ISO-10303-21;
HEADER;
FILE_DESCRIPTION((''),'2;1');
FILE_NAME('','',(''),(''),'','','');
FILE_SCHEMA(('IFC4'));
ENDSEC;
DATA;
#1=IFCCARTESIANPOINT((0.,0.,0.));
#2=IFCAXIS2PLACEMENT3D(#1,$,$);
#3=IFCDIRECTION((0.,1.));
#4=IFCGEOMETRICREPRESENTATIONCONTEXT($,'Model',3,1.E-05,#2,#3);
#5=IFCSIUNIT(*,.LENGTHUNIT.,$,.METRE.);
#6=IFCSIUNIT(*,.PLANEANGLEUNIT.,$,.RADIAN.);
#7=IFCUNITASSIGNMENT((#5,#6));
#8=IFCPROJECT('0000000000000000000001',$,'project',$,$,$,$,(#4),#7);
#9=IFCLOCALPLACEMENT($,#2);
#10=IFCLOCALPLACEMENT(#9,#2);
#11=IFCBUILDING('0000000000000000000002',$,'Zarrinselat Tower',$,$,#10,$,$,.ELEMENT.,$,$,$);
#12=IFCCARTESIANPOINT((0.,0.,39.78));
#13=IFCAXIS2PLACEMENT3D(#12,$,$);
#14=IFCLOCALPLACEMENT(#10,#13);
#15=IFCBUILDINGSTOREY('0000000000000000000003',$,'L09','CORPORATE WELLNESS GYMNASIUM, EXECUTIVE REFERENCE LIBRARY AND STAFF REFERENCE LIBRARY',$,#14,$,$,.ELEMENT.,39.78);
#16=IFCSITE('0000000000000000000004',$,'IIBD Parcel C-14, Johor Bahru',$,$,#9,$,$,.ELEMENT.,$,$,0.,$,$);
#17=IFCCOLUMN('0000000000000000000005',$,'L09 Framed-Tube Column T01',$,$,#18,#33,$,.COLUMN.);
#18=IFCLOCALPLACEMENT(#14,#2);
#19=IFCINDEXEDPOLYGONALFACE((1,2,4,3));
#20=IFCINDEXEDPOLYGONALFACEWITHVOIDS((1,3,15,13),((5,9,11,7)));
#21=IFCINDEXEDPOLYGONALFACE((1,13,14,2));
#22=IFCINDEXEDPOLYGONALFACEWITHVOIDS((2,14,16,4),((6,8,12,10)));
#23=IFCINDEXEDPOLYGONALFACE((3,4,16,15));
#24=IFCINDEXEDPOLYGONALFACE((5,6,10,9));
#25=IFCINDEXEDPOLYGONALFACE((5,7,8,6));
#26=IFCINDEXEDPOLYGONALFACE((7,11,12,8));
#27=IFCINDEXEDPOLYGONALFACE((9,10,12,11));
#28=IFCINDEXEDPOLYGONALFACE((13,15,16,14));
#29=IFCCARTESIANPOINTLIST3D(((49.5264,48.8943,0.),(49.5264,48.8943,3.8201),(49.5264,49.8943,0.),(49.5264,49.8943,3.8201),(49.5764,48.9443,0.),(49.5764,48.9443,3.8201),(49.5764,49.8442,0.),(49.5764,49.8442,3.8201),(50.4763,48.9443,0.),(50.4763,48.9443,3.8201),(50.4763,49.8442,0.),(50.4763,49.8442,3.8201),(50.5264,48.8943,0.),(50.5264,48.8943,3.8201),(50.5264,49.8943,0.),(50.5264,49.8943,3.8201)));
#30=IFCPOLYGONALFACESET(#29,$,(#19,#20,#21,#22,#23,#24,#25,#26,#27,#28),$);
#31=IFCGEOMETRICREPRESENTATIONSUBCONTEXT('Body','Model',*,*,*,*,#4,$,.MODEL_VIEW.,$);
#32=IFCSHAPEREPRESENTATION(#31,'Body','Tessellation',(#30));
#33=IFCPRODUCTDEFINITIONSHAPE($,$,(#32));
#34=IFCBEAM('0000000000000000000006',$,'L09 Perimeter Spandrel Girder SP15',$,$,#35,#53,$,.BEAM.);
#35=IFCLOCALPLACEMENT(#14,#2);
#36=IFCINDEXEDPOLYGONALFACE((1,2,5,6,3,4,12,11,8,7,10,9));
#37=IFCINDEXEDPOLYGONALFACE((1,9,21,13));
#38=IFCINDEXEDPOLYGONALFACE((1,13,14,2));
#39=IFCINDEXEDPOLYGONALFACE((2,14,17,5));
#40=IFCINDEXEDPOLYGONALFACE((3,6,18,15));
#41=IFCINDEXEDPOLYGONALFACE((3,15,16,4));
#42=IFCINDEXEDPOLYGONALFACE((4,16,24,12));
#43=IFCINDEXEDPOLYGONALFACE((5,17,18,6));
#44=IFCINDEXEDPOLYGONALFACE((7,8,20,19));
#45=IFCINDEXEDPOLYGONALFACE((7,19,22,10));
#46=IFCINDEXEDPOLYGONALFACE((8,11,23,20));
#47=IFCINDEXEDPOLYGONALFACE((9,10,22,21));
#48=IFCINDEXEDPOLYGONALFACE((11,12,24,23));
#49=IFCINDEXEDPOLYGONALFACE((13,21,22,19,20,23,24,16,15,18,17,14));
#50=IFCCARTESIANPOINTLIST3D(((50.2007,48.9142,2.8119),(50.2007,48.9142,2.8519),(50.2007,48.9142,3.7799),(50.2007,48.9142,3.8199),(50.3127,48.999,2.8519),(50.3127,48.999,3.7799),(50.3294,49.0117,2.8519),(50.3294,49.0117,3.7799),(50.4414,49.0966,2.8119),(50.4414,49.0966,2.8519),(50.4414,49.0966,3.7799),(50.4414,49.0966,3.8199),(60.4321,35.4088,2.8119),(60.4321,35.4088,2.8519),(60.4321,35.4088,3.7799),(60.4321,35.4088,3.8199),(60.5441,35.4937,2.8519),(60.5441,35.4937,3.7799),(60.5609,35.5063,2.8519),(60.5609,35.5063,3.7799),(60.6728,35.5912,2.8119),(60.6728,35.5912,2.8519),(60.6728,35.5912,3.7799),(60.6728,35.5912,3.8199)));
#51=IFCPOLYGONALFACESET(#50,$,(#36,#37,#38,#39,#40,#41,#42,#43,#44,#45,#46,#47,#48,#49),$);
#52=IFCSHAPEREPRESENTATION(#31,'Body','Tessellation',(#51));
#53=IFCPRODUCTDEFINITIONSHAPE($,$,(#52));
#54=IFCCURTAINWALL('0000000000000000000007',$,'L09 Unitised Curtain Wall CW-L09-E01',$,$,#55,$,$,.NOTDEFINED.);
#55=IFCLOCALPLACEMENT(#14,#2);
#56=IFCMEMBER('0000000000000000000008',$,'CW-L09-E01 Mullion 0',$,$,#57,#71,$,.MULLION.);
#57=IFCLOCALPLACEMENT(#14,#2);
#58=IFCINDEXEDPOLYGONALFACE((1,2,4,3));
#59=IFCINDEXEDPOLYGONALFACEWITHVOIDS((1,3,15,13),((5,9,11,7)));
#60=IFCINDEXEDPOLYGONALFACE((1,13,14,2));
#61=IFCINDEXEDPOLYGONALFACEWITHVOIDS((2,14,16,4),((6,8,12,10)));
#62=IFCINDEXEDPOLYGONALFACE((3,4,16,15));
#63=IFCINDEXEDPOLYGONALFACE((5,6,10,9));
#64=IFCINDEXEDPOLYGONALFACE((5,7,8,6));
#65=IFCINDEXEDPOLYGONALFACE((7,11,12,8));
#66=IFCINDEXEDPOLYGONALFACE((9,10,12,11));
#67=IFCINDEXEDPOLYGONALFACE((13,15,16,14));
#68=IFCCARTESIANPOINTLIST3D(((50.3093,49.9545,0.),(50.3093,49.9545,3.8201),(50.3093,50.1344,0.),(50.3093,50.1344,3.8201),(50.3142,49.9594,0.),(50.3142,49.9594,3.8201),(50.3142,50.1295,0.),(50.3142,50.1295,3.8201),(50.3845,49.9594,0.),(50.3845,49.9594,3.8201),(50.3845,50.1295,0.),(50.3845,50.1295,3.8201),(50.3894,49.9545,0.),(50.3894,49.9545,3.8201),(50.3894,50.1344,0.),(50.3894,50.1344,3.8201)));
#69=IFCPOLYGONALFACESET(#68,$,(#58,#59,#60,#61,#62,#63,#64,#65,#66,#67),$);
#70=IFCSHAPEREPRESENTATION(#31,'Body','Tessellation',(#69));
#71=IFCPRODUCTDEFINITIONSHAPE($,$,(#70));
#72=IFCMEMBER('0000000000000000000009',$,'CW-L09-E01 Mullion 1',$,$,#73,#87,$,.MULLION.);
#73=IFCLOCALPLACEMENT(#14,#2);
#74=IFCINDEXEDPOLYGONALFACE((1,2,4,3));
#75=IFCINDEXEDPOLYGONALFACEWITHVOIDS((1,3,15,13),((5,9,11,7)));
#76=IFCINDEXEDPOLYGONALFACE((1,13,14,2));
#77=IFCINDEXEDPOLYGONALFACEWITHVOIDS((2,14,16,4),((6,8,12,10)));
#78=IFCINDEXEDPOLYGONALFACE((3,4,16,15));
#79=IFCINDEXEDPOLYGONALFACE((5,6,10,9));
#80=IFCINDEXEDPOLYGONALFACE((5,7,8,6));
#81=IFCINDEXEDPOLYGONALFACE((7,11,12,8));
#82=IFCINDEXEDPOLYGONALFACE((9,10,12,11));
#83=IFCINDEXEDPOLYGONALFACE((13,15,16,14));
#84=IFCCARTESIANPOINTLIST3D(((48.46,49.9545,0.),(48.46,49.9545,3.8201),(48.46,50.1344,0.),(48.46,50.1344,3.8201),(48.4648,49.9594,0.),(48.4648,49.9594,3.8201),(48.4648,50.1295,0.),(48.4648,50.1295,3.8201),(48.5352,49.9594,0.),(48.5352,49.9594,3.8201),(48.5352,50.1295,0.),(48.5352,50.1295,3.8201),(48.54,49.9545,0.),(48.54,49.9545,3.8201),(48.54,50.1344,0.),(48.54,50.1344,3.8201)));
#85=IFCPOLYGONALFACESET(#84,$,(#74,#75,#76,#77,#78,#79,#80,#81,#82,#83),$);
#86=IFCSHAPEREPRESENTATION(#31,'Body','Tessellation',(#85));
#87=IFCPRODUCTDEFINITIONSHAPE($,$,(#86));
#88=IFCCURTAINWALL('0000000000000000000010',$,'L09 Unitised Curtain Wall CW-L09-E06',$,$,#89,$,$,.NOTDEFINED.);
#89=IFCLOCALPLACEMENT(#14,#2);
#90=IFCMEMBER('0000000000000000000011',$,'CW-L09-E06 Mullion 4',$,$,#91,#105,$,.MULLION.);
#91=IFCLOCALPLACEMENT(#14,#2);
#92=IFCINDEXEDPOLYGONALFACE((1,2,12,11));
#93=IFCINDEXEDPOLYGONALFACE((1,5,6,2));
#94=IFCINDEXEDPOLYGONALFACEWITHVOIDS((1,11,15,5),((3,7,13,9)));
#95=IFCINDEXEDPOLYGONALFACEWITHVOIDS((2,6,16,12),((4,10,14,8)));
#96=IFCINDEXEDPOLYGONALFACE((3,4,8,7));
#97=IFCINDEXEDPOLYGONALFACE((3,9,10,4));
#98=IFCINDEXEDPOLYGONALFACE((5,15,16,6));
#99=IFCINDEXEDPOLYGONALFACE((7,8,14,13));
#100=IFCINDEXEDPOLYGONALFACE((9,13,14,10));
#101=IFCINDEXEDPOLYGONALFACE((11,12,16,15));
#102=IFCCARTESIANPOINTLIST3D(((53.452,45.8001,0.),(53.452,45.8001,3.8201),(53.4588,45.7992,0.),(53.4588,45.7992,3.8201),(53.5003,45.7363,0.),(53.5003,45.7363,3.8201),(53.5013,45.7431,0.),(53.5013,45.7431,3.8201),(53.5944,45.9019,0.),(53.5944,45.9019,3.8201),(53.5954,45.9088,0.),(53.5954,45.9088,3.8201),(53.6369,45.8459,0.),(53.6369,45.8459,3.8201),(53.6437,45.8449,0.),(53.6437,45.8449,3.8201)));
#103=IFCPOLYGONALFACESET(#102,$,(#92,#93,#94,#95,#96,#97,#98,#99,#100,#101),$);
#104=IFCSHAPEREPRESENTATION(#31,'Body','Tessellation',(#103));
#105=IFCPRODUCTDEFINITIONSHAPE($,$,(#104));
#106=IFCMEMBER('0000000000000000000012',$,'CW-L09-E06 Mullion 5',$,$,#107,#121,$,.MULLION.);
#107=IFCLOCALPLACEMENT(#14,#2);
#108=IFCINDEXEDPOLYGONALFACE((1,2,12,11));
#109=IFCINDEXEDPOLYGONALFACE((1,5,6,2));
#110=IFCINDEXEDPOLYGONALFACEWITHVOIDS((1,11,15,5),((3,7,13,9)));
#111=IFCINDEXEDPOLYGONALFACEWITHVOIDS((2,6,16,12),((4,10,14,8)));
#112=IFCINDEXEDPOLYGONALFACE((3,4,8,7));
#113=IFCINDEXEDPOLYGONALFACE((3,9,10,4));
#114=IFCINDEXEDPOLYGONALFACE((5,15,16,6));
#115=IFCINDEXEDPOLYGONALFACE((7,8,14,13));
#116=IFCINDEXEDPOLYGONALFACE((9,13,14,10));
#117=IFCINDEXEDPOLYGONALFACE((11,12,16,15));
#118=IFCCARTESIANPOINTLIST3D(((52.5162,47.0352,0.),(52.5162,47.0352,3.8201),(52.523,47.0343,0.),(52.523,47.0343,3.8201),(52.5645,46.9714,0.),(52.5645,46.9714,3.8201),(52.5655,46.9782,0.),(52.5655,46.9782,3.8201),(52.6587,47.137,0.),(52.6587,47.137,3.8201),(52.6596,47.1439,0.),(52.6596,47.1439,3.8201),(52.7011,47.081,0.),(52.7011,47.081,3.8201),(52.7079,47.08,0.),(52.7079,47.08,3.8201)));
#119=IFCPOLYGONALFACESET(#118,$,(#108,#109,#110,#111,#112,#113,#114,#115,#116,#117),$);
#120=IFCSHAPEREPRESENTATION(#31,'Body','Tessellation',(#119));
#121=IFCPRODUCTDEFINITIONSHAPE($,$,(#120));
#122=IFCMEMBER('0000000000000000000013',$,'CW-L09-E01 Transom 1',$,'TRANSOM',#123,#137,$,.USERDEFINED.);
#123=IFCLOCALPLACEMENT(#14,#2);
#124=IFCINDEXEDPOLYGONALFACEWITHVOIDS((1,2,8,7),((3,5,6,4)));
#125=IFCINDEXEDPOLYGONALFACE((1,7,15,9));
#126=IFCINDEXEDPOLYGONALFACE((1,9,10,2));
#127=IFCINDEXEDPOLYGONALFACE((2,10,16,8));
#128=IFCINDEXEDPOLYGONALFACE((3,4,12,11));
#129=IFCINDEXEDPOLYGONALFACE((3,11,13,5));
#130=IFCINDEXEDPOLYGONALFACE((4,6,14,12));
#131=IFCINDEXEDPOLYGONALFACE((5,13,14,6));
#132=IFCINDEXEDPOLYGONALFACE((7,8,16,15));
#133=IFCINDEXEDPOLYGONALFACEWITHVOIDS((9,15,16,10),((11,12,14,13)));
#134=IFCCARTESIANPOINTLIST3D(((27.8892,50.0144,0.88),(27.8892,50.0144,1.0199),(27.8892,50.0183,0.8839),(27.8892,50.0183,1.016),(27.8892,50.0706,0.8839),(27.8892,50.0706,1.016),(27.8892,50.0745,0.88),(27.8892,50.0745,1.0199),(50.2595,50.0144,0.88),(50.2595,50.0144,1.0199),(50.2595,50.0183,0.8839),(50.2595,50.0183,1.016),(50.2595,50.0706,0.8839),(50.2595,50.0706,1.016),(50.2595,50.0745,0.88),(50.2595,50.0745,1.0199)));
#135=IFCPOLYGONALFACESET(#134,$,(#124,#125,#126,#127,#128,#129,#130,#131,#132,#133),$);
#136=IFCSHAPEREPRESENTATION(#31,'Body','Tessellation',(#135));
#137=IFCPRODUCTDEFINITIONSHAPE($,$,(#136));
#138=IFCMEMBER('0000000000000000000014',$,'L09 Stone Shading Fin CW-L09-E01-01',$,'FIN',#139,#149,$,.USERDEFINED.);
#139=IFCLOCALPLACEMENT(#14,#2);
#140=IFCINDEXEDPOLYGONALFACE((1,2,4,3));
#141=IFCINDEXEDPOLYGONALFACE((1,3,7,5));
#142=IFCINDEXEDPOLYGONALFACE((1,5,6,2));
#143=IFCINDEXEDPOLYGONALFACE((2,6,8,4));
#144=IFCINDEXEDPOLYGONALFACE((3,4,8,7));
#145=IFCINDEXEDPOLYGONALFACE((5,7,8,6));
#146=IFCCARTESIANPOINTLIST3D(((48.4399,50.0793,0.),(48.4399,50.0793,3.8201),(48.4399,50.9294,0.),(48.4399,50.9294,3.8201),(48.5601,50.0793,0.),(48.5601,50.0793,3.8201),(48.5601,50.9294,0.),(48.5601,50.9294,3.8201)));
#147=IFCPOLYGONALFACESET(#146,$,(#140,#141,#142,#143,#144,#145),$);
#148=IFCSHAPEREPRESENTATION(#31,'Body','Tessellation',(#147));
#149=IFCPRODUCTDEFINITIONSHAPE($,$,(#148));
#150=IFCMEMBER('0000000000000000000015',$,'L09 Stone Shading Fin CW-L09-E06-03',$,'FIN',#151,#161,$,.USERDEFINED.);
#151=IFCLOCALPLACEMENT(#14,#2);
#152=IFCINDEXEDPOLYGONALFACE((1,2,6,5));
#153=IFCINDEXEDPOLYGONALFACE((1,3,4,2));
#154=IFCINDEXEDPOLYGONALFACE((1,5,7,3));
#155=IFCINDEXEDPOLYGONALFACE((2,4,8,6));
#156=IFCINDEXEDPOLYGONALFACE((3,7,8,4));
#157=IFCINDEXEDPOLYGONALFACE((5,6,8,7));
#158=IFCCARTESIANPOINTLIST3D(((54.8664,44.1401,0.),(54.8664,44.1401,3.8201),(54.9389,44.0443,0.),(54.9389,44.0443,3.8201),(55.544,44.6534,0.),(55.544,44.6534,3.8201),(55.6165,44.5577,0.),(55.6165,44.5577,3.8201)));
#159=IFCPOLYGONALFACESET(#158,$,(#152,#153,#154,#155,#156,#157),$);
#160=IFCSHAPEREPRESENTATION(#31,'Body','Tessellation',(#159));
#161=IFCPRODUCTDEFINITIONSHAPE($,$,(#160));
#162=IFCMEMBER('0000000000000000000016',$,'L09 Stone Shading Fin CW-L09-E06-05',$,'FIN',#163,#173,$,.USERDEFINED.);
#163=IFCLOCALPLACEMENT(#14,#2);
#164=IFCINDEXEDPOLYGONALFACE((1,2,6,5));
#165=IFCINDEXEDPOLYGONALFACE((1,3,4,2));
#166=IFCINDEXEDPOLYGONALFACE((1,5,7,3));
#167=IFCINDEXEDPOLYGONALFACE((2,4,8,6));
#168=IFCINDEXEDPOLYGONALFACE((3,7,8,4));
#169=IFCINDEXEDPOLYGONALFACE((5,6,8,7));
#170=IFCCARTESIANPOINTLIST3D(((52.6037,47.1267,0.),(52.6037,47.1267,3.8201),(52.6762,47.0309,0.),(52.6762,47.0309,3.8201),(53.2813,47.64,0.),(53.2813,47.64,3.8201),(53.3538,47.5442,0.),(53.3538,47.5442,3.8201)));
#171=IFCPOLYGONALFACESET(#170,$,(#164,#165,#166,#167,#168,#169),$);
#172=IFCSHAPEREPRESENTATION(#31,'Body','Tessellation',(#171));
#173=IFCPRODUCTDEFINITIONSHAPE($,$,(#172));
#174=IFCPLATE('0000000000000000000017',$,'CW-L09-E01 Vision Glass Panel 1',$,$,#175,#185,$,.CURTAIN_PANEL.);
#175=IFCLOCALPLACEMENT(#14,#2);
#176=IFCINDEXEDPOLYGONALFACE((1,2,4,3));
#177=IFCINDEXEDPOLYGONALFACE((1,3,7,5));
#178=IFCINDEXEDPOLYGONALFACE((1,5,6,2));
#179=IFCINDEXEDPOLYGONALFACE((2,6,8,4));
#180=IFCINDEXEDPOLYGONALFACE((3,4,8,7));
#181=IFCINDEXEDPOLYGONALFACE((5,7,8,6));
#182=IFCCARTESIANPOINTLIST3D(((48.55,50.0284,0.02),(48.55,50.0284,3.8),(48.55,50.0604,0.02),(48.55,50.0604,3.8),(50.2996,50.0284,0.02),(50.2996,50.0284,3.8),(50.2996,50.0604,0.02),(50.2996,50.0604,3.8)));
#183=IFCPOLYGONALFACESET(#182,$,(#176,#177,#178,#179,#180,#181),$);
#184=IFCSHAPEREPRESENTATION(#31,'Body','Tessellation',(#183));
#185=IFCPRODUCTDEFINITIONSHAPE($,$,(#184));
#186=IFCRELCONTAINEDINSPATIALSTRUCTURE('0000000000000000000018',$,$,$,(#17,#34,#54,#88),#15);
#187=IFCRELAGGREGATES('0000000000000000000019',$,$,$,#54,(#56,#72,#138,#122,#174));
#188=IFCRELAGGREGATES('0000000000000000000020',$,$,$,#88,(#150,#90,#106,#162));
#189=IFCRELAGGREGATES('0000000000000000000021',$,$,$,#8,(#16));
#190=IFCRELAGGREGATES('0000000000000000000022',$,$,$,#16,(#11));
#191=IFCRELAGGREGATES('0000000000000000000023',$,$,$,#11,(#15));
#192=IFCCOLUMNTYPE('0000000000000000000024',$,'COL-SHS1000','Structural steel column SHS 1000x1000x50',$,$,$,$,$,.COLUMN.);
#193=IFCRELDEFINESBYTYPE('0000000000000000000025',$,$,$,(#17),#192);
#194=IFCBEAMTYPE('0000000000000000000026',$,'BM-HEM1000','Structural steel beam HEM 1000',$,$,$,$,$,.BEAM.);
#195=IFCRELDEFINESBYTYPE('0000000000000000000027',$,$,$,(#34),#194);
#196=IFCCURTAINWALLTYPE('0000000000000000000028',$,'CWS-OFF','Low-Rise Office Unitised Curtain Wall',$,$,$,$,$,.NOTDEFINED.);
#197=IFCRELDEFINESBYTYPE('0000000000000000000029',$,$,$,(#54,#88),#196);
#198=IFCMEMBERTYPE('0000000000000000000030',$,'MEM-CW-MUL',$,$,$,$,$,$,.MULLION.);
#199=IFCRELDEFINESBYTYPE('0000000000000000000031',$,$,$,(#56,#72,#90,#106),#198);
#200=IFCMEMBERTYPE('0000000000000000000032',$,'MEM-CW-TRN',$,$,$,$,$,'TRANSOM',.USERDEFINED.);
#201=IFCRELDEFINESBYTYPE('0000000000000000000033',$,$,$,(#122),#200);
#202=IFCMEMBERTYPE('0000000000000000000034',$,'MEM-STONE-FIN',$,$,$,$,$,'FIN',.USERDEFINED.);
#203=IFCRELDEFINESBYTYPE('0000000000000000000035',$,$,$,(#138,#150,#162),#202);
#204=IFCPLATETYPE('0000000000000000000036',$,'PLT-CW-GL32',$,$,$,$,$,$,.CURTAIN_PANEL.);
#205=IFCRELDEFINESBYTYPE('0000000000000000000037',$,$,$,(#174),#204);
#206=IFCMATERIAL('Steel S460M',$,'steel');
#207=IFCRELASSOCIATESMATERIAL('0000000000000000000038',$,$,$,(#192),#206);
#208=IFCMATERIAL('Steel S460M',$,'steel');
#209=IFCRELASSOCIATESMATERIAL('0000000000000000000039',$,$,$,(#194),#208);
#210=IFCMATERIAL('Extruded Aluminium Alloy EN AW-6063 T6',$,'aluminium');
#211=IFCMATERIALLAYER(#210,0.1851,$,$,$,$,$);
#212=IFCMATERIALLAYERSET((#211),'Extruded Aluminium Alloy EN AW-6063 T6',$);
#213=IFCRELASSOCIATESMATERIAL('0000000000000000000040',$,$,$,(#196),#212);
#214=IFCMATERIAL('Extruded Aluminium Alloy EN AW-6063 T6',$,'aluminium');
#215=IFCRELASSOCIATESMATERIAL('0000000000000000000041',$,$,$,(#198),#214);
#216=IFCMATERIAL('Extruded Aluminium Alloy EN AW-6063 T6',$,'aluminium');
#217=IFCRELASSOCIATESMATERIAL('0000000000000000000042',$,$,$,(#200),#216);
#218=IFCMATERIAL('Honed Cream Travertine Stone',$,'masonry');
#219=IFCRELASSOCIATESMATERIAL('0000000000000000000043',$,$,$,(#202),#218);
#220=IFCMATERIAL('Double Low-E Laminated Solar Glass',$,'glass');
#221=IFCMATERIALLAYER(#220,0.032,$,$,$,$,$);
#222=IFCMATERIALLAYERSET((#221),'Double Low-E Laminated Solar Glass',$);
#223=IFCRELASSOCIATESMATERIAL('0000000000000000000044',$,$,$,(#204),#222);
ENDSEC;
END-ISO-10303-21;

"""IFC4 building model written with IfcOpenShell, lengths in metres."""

from ifc_helpers import new_model, si_unit, direction, frame, origin, origin_2d, place, context, subcontext, project, spatial, rectangle, hollow_rectangle, i_section, extrude, material, layer, layer_set, material_profile, profile_set, type_object, element, aggregate, save


model = new_model("IFC4")

# Units and contexts
model_context = context("Model", 3, precision=1e-05, world=origin(), true_north=direction((0.0, 1.0)))
body_context = subcontext(model_context, "Body", "Model", "MODEL_VIEW")
ifc_project = project(units=[si_unit("LENGTHUNIT", "METRE"), si_unit("PLANEANGLEUNIT", "RADIAN")], contexts=[model_context])

# Site, building, storey
site_placement = place(None, origin())
site = spatial("IfcSite", under=ifc_project, at=site_placement, Name="IIBD Parcel C-14, Johor Bahru", CompositionType="ELEMENT", RefElevation=0.0)
building_placement = place(site_placement, origin())
building = spatial("IfcBuilding", under=site, at=building_placement, Name="Zarrinselat Tower", CompositionType="ELEMENT")
storey_placement = place(building_placement, frame((0.0, 0.0, 39.78)))
storey = spatial("IfcBuildingStorey", under=building, at=storey_placement, Name="L09", Description="CORPORATE WELLNESS GYMNASIUM, EXECUTIVE REFERENCE LIBRARY AND STAFF REFERENCE LIBRARY", CompositionType="ELEMENT", Elevation=39.78)

# Column
ifc_material_1 = material(Name="Steel S460M", Category="steel")
ifc_material_profile_1 = material_profile(ifc_material_1, hollow_rectangle(XDim=1.0, YDim=1.0, WallThickness=0.05, at=origin_2d()), Name="SHS 1000x1000x50")
ifc_profile_set_1 = profile_set([ifc_material_profile_1], Name="Steel S460M")
column_type = type_object("IfcColumnType", Name="COL-SHS1000", Description="Structural steel column SHS 1000x1000x50", PredefinedType="COLUMN", material=ifc_profile_set_1)
column_placement = place(storey_placement, frame((50.0264, 49.3943, 0.0), z_axis=(0.0, 0.0, 1.0), x_axis=(1.0, 0.0, 0.0)))
element("IfcColumn", 1, at=column_placement, inside=storey, type_object=column_type, Name="L09 Framed-Tube Column T01", PredefinedType="COLUMN", context=body_context, shape_type="SweptSolid", body=[
    extrude(hollow_rectangle(XDim=1.0, YDim=1.0, WallThickness=0.05, at=origin_2d()), origin(), (0.0, 0.0, 1.0), 3.8201),
])

# Beam
ifc_material_2 = material(Name="Steel S460M", Category="steel")
ifc_material_profile_2 = material_profile(ifc_material_2, i_section(OverallWidth=0.302, OverallDepth=1.0081, WebThickness=0.021, FlangeThickness=0.04, at=origin_2d()), Name="HEM 1000")
ifc_profile_set_2 = profile_set([ifc_material_profile_2], Name="Steel S460M")
beam_type = type_object("IfcBeamType", Name="BM-HEM1000", Description="Structural steel beam HEM 1000", PredefinedType="BEAM", material=ifc_profile_set_2)
beam_placement = place(storey_placement, frame((50.321, 49.0054, 3.3159), z_axis=(0.603862, -0.797089, 0.0), x_axis=(0.797089, 0.603862, 0.0)))
element("IfcBeam", 2, at=beam_placement, inside=storey, type_object=beam_type, Name="L09 Perimeter Spandrel Girder SP15", PredefinedType="BEAM", context=body_context, shape_type="SweptSolid", body=[
    extrude(i_section(OverallWidth=0.302, OverallDepth=1.0081, WebThickness=0.021, FlangeThickness=0.04, at=origin_2d()), origin(), (0.0, 0.0, 1.0), 16.9434),
])

# Curtain walls, members
ifc_material_3 = material(Name="Extruded Aluminium Alloy EN AW-6063 T6", Category="aluminium")
ifc_layer_1 = layer(ifc_material_3, 0.1851)
ifc_layer_set_1 = layer_set([ifc_layer_1], Name="Extruded Aluminium Alloy EN AW-6063 T6")
curtain_wall_type = type_object("IfcCurtainWallType", Name="CWS-OFF", Description="Low-Rise Office Unitised Curtain Wall", PredefinedType="NOTDEFINED", material=ifc_layer_set_1)
curtain_wall_1_placement = place(storey_placement, origin())
curtain_wall_1 = element("IfcCurtainWall", 3, at=curtain_wall_1_placement, inside=storey, type_object=curtain_wall_type, Name="L09 Unitised Curtain Wall CW-L09-E01", PredefinedType="NOTDEFINED")
ifc_material_4 = material(Name="Extruded Aluminium Alloy EN AW-6063 T6", Category="aluminium")
ifc_material_profile_3 = material_profile(ifc_material_4, hollow_rectangle(XDim=0.0801, YDim=0.1799, WallThickness=0.0049, at=origin_2d()), Name="RHS 180x80x5")
ifc_profile_set_3 = profile_set([ifc_material_profile_3], Name="Extruded Aluminium Alloy EN AW-6063 T6")
member_type_1 = type_object("IfcMemberType", Name="MEM-CW-MUL", PredefinedType="MULLION", material=ifc_profile_set_3)
member_1_placement = place(storey_placement, frame((50.3494, 50.0444, 0.0), z_axis=(0.0, 0.0, 1.0), x_axis=(-1.0, 0.0, 0.0)))
member_1 = element("IfcMember", 4, at=member_1_placement, type_object=member_type_1, Name="CW-L09-E01 Mullion 0", PredefinedType="MULLION", context=body_context, shape_type="SweptSolid", body=[
    extrude(hollow_rectangle(XDim=0.0801, YDim=0.1799, WallThickness=0.0049, at=origin_2d()), origin(), (0.0, 0.0, 1.0), 3.8201),
])
member_2_placement = place(storey_placement, frame((48.5, 50.0444, 0.0), z_axis=(0.0, 0.0, 1.0), x_axis=(-1.0, 0.0, 0.0)))
member_2 = element("IfcMember", 5, at=member_2_placement, type_object=member_type_1, Name="CW-L09-E01 Mullion 1", PredefinedType="MULLION", context=body_context, shape_type="SweptSolid", body=[
    extrude(hollow_rectangle(XDim=0.0801, YDim=0.1799, WallThickness=0.0049, at=origin_2d()), origin(), (0.0, 0.0, 1.0), 3.8201),
])
curtain_wall_2_placement = place(storey_placement, origin())
curtain_wall_2 = element("IfcCurtainWall", 6, at=curtain_wall_2_placement, inside=storey, type_object=curtain_wall_type, Name="L09 Unitised Curtain Wall CW-L09-E06", PredefinedType="NOTDEFINED")
member_3_placement = place(storey_placement, frame((53.5479, 45.8225, 0.0), z_axis=(0.0, 0.0, 1.0), x_axis=(-0.603858, 0.797092, 0.0)))
member_3 = element("IfcMember", 7, at=member_3_placement, type_object=member_type_1, Name="CW-L09-E06 Mullion 4", PredefinedType="MULLION", context=body_context, shape_type="SweptSolid", body=[
    extrude(hollow_rectangle(XDim=0.0801, YDim=0.1799, WallThickness=0.0049, at=origin_2d()), origin(), (0.0, 0.0, 1.0), 3.8201),
])
member_4_placement = place(storey_placement, frame((52.6121, 47.0576, 0.0), z_axis=(0.0, 0.0, 1.0), x_axis=(-0.603858, 0.797092, 0.0)))
member_4 = element("IfcMember", 8, at=member_4_placement, type_object=member_type_1, Name="CW-L09-E06 Mullion 5", PredefinedType="MULLION", context=body_context, shape_type="SweptSolid", body=[
    extrude(hollow_rectangle(XDim=0.0801, YDim=0.1799, WallThickness=0.0049, at=origin_2d()), origin(), (0.0, 0.0, 1.0), 3.8201),
])

# Members
ifc_material_5 = material(Name="Extruded Aluminium Alloy EN AW-6063 T6", Category="aluminium")
ifc_material_profile_4 = material_profile(ifc_material_5, hollow_rectangle(XDim=0.0601, YDim=0.1399, WallThickness=0.0039, at=origin_2d()), Name="RHS 140x60x4")
ifc_profile_set_4 = profile_set([ifc_material_profile_4], Name="Extruded Aluminium Alloy EN AW-6063 T6")
member_type_2 = type_object("IfcMemberType", Name="MEM-CW-TRN", ElementType="TRANSOM", PredefinedType="USERDEFINED", material=ifc_profile_set_4)
member_5_placement = place(storey_placement, frame((50.2595, 50.0444, 0.95), z_axis=(-1.0, 0.0, 0.0), x_axis=(0.0, -1.0, 0.0)))
member_5 = element("IfcMember", 9, at=member_5_placement, type_object=member_type_2, Name="CW-L09-E01 Transom 1", ObjectType="TRANSOM", PredefinedType="USERDEFINED", context=body_context, shape_type="SweptSolid", body=[
    extrude(hollow_rectangle(XDim=0.0601, YDim=0.1399, WallThickness=0.0039, at=origin_2d()), origin(), (0.0, 0.0, 1.0), 22.3704),
])
ifc_material_6 = material(Name="Honed Cream Travertine Stone", Category="masonry")
ifc_material_profile_5 = material_profile(ifc_material_6, rectangle(XDim=0.1201, YDim=0.8501, at=origin_2d()), Name="FIN 850x120")
ifc_profile_set_5 = profile_set([ifc_material_profile_5], Name="Honed Cream Travertine Stone")
member_type_3 = type_object("IfcMemberType", Name="MEM-STONE-FIN", ElementType="FIN", PredefinedType="USERDEFINED", material=ifc_profile_set_5)
member_6_placement = place(storey_placement, frame((48.5, 50.5044, 0.0), z_axis=(0.0, 0.0, 1.0), x_axis=(1.0, 0.0, 0.0)))
member_6 = element("IfcMember", 10, at=member_6_placement, type_object=member_type_3, Name="L09 Stone Shading Fin CW-L09-E01-01", ObjectType="FIN", PredefinedType="USERDEFINED", context=body_context, shape_type="SweptSolid", body=[
    extrude(rectangle(XDim=0.1201, YDim=0.8501, at=origin_2d()), origin(), (0.0, 0.0, 1.0), 3.8201),
])
member_7_placement = place(storey_placement, frame((55.2415, 44.3489, 0.0), z_axis=(0.0, 0.0, 1.0), x_axis=(0.603858, -0.797092, 0.0)))
member_7 = element("IfcMember", 11, at=member_7_placement, type_object=member_type_3, Name="L09 Stone Shading Fin CW-L09-E06-03", ObjectType="FIN", PredefinedType="USERDEFINED", context=body_context, shape_type="SweptSolid", body=[
    extrude(rectangle(XDim=0.1201, YDim=0.8501, at=origin_2d()), origin(), (0.0, 0.0, 1.0), 3.8201),
])
member_8_placement = place(storey_placement, frame((52.9788, 47.3354, 0.0), z_axis=(0.0, 0.0, 1.0), x_axis=(0.603858, -0.797092, 0.0)))
member_8 = element("IfcMember", 12, at=member_8_placement, type_object=member_type_3, Name="L09 Stone Shading Fin CW-L09-E06-05", ObjectType="FIN", PredefinedType="USERDEFINED", context=body_context, shape_type="SweptSolid", body=[
    extrude(rectangle(XDim=0.1201, YDim=0.8501, at=origin_2d()), origin(), (0.0, 0.0, 1.0), 3.8201),
])

# Plate
ifc_material_7 = material(Name="Double Low-E Laminated Solar Glass", Category="glass")
ifc_layer_2 = layer(ifc_material_7, 0.032)
ifc_layer_set_2 = layer_set([ifc_layer_2], Name="Double Low-E Laminated Solar Glass")
plate_type = type_object("IfcPlateType", Name="PLT-CW-GL32", PredefinedType="CURTAIN_PANEL", material=ifc_layer_set_2)
plate_1_placement = place(storey_placement, frame((49.4248, 50.0444, 0.02), z_axis=(0.0, 0.0, 1.0), x_axis=(-1.0, 0.0, 0.0)))
plate_1 = element("IfcPlate", 13, at=plate_1_placement, type_object=plate_type, Name="CW-L09-E01 Vision Glass Panel 1", PredefinedType="CURTAIN_PANEL", context=body_context, shape_type="SweptSolid", body=[
    extrude(rectangle(XDim=1.7495, YDim=0.032, at=origin_2d()), origin(), (0.0, 0.0, 1.0), 3.78),
])
aggregate(curtain_wall_1, [member_1, member_2, member_6, member_5, plate_1])
aggregate(curtain_wall_2, [member_7, member_3, member_4, member_8])

save(model, "model.ifc")
